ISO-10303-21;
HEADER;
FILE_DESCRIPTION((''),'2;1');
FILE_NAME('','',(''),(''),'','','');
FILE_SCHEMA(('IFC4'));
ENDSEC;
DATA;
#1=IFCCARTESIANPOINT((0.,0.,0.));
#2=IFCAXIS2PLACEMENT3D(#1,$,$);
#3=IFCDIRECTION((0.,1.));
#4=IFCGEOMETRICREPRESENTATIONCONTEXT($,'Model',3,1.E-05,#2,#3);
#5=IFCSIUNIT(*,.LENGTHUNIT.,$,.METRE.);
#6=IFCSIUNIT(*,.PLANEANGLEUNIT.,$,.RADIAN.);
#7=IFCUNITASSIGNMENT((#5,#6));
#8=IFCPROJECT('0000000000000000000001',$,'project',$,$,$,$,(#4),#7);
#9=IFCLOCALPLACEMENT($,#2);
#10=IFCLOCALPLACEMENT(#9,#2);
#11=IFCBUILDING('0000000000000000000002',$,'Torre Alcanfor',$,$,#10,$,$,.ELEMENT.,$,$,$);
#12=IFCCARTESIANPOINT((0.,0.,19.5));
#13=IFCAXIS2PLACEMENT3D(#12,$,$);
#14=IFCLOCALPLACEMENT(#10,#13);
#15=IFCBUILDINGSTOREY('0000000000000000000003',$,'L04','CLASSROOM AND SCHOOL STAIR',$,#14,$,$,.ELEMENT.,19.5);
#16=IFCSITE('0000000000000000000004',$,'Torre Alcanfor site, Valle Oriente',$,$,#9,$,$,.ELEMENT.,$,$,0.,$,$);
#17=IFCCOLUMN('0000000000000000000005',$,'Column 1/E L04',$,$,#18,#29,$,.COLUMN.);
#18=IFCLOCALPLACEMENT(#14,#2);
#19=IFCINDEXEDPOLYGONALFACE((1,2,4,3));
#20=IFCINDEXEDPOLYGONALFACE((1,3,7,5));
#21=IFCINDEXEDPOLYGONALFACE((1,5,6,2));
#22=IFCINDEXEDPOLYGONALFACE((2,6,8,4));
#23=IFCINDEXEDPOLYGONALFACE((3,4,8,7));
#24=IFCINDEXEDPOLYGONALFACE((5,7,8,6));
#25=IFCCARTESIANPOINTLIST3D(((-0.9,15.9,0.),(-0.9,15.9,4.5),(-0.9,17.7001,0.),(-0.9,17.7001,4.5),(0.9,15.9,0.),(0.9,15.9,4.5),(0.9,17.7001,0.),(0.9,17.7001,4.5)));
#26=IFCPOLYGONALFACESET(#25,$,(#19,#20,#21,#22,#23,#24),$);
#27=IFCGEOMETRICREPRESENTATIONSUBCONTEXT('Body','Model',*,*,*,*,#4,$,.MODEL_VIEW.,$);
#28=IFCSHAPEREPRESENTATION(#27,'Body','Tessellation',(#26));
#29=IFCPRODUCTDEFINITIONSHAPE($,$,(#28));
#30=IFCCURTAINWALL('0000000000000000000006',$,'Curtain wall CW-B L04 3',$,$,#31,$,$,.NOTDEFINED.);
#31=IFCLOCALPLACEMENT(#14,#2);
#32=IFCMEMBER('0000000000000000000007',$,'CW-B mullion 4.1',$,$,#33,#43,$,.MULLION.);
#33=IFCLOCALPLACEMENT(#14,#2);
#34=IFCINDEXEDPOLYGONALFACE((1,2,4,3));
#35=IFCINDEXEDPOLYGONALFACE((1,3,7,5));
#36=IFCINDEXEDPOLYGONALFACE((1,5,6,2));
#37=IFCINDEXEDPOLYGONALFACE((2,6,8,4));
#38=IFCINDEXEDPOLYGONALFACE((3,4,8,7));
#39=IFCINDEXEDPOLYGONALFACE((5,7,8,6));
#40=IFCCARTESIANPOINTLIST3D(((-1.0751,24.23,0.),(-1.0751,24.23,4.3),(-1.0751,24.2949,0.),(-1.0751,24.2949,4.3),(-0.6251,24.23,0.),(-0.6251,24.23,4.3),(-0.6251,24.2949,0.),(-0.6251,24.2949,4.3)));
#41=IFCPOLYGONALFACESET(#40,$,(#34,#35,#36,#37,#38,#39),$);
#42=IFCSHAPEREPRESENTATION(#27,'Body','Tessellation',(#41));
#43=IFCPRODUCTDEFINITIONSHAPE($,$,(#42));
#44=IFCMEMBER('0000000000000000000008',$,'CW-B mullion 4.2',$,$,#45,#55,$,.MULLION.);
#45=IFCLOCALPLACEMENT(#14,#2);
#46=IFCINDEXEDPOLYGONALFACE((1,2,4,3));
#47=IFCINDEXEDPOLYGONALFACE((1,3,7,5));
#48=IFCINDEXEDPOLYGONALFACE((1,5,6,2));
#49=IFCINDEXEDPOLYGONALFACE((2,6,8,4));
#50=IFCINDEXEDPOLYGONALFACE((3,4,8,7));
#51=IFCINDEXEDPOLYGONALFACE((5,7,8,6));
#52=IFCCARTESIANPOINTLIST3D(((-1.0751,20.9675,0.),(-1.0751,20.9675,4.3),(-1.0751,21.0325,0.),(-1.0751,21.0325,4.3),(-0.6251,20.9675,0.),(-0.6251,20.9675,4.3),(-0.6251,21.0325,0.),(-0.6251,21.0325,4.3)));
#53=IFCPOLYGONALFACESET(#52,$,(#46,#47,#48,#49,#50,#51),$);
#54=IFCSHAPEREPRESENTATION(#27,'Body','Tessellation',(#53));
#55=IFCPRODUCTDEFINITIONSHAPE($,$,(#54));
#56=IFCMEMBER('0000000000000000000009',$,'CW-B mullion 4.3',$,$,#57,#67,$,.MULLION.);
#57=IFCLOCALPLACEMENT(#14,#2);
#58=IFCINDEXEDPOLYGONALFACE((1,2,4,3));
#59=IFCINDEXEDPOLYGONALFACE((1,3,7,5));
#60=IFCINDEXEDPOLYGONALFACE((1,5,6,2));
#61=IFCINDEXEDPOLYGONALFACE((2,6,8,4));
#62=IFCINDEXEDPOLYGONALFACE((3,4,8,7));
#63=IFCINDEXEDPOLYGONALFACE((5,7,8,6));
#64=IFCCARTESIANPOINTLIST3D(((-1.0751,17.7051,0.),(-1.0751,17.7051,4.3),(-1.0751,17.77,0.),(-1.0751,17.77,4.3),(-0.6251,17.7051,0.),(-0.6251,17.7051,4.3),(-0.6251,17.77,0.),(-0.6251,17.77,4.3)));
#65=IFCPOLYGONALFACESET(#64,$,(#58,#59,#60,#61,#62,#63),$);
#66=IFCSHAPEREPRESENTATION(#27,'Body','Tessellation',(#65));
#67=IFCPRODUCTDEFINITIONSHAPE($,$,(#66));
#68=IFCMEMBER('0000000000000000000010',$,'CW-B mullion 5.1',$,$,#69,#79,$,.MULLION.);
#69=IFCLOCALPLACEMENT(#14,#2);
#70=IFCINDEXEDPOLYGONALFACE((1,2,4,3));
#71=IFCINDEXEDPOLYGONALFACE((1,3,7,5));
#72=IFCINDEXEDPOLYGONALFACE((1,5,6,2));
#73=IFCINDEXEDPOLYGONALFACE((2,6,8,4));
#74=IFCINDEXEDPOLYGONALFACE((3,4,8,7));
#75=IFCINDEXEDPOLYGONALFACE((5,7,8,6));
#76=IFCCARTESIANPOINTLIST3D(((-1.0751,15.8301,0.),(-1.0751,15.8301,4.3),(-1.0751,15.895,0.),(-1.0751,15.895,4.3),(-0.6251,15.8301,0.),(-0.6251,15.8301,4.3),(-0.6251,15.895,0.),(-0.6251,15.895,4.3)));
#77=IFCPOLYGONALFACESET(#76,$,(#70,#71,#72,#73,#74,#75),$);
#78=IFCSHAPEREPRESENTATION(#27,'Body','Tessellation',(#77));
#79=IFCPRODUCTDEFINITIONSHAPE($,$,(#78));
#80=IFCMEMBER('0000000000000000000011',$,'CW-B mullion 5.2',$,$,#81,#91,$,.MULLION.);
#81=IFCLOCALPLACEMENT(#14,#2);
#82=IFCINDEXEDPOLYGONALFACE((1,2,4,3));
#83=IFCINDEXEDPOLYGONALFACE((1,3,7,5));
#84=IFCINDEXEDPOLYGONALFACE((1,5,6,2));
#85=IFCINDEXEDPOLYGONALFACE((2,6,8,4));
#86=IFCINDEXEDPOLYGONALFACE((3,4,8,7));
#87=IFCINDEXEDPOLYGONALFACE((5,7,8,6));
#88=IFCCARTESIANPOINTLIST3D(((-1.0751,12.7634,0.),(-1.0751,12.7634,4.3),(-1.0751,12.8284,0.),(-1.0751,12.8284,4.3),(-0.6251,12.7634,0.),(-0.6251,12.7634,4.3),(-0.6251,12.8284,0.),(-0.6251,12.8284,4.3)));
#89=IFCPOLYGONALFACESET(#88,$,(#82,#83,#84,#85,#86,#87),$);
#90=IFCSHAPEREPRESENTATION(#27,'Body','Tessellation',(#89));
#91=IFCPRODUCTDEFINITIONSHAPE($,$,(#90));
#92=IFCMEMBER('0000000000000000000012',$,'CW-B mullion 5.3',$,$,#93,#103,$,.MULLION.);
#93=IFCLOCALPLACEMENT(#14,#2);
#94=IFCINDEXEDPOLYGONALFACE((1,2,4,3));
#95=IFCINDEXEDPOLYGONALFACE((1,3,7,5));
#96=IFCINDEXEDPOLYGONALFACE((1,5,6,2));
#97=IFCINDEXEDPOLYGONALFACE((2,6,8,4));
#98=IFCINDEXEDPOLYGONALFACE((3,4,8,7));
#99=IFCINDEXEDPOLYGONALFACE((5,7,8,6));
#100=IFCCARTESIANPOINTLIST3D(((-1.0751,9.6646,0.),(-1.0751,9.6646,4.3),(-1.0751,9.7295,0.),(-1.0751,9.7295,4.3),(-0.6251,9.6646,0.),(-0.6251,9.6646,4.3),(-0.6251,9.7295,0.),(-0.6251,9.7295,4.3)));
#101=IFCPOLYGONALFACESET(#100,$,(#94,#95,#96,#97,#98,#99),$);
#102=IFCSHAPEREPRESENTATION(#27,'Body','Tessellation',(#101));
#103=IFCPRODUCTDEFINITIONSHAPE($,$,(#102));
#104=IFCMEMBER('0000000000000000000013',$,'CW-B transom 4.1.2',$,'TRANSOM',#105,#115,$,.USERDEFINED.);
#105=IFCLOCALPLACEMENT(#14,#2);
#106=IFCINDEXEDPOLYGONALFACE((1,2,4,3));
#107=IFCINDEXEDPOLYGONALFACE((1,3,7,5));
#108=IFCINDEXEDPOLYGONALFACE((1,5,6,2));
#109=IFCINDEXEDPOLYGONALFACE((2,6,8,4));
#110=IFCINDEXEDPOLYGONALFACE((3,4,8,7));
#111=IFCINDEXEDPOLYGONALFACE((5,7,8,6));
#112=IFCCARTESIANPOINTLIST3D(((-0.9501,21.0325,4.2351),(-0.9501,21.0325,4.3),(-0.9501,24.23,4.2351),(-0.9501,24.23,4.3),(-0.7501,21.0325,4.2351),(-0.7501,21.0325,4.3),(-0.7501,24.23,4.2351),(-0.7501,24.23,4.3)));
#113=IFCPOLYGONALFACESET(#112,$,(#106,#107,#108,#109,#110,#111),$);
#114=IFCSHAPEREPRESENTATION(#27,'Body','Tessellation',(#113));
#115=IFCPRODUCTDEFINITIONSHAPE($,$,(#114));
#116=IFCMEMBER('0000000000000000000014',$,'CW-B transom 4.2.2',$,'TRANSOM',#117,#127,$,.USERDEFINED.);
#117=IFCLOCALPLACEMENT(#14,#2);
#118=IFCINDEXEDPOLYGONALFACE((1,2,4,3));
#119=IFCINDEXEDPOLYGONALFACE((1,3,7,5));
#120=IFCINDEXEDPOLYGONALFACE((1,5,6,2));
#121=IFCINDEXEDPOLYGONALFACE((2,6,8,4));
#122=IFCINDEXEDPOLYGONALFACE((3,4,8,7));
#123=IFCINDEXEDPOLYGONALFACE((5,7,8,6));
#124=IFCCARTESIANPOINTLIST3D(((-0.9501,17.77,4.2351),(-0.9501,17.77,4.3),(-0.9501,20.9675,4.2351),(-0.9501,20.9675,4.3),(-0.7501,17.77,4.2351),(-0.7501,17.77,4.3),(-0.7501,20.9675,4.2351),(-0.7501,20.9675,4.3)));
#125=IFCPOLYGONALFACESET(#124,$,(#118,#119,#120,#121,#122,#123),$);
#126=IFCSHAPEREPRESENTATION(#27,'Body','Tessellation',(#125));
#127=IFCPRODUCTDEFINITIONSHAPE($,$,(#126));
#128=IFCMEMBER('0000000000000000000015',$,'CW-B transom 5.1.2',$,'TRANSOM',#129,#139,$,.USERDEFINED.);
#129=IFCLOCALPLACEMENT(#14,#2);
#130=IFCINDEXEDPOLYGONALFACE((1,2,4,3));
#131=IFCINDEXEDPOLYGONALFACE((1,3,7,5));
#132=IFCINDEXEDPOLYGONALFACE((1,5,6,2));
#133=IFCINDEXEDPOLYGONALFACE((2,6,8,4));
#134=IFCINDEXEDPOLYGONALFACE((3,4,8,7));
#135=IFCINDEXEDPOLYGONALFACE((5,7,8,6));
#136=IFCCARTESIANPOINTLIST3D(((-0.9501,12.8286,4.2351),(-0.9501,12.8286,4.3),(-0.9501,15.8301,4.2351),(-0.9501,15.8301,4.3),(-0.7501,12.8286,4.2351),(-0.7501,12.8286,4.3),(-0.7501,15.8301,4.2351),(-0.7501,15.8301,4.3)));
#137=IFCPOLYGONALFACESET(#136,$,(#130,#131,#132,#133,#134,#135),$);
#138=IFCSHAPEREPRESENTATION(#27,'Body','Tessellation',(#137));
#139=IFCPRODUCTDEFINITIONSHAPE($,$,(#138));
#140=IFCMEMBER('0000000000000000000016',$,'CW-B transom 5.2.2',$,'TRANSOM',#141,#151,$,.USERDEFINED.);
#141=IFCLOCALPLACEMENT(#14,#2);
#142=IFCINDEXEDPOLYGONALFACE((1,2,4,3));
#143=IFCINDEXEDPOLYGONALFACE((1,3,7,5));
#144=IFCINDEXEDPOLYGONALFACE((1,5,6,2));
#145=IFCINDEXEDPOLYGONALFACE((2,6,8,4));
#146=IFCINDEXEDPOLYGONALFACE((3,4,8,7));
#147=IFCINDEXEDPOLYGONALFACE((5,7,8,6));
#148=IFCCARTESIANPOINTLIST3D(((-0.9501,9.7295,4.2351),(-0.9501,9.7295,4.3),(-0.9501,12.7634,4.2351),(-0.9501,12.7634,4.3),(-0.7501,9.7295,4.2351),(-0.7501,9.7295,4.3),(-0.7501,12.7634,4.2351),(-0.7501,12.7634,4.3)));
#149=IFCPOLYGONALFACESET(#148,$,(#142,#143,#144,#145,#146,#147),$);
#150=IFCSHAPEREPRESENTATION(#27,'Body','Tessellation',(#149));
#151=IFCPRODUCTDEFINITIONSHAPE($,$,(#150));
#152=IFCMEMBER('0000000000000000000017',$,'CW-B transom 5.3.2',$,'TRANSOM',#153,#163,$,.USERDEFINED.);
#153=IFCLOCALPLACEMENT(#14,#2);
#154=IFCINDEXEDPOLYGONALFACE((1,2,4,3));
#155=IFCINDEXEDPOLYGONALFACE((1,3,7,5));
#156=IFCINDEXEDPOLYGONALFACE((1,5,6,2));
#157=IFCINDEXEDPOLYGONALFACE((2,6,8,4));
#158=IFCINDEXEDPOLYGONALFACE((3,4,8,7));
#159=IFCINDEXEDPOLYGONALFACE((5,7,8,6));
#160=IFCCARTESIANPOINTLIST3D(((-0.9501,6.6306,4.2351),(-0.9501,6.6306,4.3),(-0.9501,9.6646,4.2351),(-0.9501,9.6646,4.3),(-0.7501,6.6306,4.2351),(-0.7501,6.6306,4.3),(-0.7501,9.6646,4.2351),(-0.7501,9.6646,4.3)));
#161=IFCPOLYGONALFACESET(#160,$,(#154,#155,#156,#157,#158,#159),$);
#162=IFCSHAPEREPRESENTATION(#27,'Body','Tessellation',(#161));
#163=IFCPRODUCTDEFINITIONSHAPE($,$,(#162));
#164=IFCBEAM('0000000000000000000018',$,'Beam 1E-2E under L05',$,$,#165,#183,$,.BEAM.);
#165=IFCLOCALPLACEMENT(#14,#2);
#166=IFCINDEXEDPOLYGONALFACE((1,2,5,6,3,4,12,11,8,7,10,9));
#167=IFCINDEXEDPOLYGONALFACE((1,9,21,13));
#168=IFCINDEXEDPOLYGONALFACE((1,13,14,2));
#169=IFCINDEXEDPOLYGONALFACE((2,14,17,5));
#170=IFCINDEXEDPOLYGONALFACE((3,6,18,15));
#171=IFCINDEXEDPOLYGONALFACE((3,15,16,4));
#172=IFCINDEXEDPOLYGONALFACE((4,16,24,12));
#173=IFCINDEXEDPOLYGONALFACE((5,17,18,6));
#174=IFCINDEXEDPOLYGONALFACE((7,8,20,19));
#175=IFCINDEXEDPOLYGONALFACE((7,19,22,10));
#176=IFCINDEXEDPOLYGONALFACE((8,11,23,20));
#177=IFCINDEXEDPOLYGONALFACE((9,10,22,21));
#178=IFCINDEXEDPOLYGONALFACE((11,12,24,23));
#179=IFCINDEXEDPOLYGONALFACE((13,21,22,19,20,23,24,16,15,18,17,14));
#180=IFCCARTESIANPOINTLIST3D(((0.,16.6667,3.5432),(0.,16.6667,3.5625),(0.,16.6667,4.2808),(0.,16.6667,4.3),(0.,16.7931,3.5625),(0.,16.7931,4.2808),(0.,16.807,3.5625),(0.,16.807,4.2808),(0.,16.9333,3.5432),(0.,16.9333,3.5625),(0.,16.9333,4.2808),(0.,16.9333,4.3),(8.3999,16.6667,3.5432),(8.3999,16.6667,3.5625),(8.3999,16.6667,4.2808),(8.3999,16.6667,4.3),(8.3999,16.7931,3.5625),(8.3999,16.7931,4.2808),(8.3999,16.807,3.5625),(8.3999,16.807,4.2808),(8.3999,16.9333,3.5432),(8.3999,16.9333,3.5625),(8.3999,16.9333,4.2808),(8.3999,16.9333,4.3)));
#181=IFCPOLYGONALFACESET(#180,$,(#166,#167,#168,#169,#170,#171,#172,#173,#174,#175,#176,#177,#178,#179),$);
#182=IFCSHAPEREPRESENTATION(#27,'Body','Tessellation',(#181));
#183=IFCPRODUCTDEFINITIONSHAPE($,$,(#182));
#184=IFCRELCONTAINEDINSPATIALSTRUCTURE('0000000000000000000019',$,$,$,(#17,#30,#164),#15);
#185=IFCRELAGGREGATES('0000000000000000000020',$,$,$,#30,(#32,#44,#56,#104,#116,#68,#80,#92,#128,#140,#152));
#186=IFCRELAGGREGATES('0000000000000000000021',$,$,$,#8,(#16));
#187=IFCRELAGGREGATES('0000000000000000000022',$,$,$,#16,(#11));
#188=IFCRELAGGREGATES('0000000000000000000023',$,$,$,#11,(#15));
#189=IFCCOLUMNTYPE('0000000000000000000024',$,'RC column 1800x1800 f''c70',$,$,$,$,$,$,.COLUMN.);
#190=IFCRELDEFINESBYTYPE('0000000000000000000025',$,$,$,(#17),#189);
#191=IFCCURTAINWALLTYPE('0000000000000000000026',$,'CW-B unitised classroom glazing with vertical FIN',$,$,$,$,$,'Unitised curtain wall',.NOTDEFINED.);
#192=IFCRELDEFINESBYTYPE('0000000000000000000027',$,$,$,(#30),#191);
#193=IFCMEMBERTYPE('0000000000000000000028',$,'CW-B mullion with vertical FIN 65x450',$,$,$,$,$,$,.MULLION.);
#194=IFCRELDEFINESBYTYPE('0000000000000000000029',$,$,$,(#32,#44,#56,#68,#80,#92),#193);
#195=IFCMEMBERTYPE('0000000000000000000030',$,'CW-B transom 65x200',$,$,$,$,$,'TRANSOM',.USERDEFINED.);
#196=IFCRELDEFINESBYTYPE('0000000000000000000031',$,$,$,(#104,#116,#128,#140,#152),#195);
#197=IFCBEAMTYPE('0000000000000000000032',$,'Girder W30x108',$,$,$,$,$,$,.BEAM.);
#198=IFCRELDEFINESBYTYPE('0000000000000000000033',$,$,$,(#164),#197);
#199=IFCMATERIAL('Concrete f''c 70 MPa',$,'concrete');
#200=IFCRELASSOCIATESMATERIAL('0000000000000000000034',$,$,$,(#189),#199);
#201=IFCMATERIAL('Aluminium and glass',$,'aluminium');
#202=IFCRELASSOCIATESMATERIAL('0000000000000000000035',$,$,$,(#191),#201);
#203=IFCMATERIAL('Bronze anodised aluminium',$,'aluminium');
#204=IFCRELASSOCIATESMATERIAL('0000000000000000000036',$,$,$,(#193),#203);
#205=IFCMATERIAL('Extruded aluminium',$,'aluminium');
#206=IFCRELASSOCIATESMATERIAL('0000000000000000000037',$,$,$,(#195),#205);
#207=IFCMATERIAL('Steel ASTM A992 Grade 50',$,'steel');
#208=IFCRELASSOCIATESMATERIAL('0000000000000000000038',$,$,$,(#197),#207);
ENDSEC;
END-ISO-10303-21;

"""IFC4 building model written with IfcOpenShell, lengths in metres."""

from ifc_helpers import new_model, si_unit, direction, frame, origin, origin_2d, place, context, subcontext, project, spatial, rectangle, i_section, extrude, material, material_profile, profile_set, type_object, element, aggregate, save


model = new_model("IFC4")

# Units and contexts
model_context = context("Model", 3, precision=1e-05, world=origin(), true_north=direction((0.0, 1.0)))
body_context = subcontext(model_context, "Body", "Model", "MODEL_VIEW")
ifc_project = project(units=[si_unit("LENGTHUNIT", "METRE"), si_unit("PLANEANGLEUNIT", "RADIAN")], contexts=[model_context])

# Site, building, storey
site_placement = place(None, origin())
site = spatial("IfcSite", under=ifc_project, at=site_placement, Name="Torre Alcanfor site, Valle Oriente", CompositionType="ELEMENT", RefElevation=0.0)
building_placement = place(site_placement, origin())
building = spatial("IfcBuilding", under=site, at=building_placement, Name="Torre Alcanfor", CompositionType="ELEMENT")
storey_placement = place(building_placement, frame((0.0, 0.0, 19.5)))
storey = spatial("IfcBuildingStorey", under=building, at=storey_placement, Name="L04", Description="CLASSROOM AND SCHOOL STAIR", CompositionType="ELEMENT", Elevation=19.5)

# Column
ifc_material_1 = material(Name="Concrete f'c 70 MPa", Category="concrete")
ifc_material_profile_1 = material_profile(ifc_material_1, rectangle(XDim=1.8, YDim=1.8, at=origin_2d()), Name="1800x1800")
ifc_profile_set_1 = profile_set([ifc_material_profile_1], Name="Concrete f'c 70 MPa")
column_type = type_object("IfcColumnType", Name="RC column 1800x1800 f'c70", PredefinedType="COLUMN", material=ifc_profile_set_1)
column_placement = place(storey_placement, frame((0.0, 16.8, 0.0), z_axis=(0.0, 0.0, 1.0), x_axis=(1.0, 0.0, 0.0)))
element("IfcColumn", 1, at=column_placement, inside=storey, type_object=column_type, Name="Column 1/E L04", PredefinedType="COLUMN", context=body_context, shape_type="SweptSolid", body=[
    extrude(rectangle(XDim=1.8, YDim=1.8, at=origin_2d()), origin(), (0.0, 0.0, 1.0), 4.5),
])

# Curtain wall, members
ifc_material_2 = material(Name="Aluminium and glass", Category="aluminium")
curtain_wall_type = type_object("IfcCurtainWallType", Name="CW-B unitised classroom glazing with vertical FIN", ElementType="Unitised curtain wall", PredefinedType="NOTDEFINED", material=ifc_material_2)
curtain_wall_placement = place(storey_placement, origin())
curtain_wall = element("IfcCurtainWall", 2, at=curtain_wall_placement, inside=storey, type_object=curtain_wall_type, Name="Curtain wall CW-B L04 3", PredefinedType="NOTDEFINED")
ifc_material_3 = material(Name="Bronze anodised aluminium", Category="aluminium")
ifc_material_profile_2 = material_profile(ifc_material_3, rectangle(XDim=0.45, YDim=0.0649, at=origin_2d()), Name="CW-B mullion 65x450")
ifc_profile_set_2 = profile_set([ifc_material_profile_2], Name="Bronze anodised aluminium")
member_type_1 = type_object("IfcMemberType", Name="CW-B mullion with vertical FIN 65x450", PredefinedType="MULLION", material=ifc_profile_set_2)
member_1_placement = place(storey_placement, frame((-0.8501, 24.2625, 0.0), z_axis=(0.0, 0.0, 1.0), x_axis=(1.0, 0.0, 0.0)))
member_1 = element("IfcMember", 3, at=member_1_placement, type_object=member_type_1, Name="CW-B mullion 4.1", PredefinedType="MULLION", context=body_context, shape_type="SweptSolid", body=[
    extrude(rectangle(XDim=0.45, YDim=0.0649, at=origin_2d()), origin(), (0.0, 0.0, 1.0), 4.3),
])
member_2_placement = place(storey_placement, frame((-0.8501, 21.0, 0.0), z_axis=(0.0, 0.0, 1.0), x_axis=(1.0, 0.0, 0.0)))
member_2 = element("IfcMember", 4, at=member_2_placement, type_object=member_type_1, Name="CW-B mullion 4.2", PredefinedType="MULLION", context=body_context, shape_type="SweptSolid", body=[
    extrude(rectangle(XDim=0.45, YDim=0.0649, at=origin_2d()), origin(), (0.0, 0.0, 1.0), 4.3),
])
member_3_placement = place(storey_placement, frame((-0.8501, 17.7375, 0.0), z_axis=(0.0, 0.0, 1.0), x_axis=(1.0, 0.0, 0.0)))
member_3 = element("IfcMember", 5, at=member_3_placement, type_object=member_type_1, Name="CW-B mullion 4.3", PredefinedType="MULLION", context=body_context, shape_type="SweptSolid", body=[
    extrude(rectangle(XDim=0.45, YDim=0.0649, at=origin_2d()), origin(), (0.0, 0.0, 1.0), 4.3),
])
member_4_placement = place(storey_placement, frame((-0.8501, 15.8625, 0.0), z_axis=(0.0, 0.0, 1.0), x_axis=(1.0, 0.0, 0.0)))
member_4 = element("IfcMember", 6, at=member_4_placement, type_object=member_type_1, Name="CW-B mullion 5.1", PredefinedType="MULLION", context=body_context, shape_type="SweptSolid", body=[
    extrude(rectangle(XDim=0.45, YDim=0.0649, at=origin_2d()), origin(), (0.0, 0.0, 1.0), 4.3),
])
member_5_placement = place(storey_placement, frame((-0.8501, 12.7959, 0.0), z_axis=(0.0, 0.0, 1.0), x_axis=(1.0, 0.0, 0.0)))
member_5 = element("IfcMember", 7, at=member_5_placement, type_object=member_type_1, Name="CW-B mullion 5.2", PredefinedType="MULLION", context=body_context, shape_type="SweptSolid", body=[
    extrude(rectangle(XDim=0.45, YDim=0.0649, at=origin_2d()), origin(), (0.0, 0.0, 1.0), 4.3),
])
member_6_placement = place(storey_placement, frame((-0.8501, 9.697, 0.0), z_axis=(0.0, 0.0, 1.0), x_axis=(1.0, 0.0, 0.0)))
member_6 = element("IfcMember", 8, at=member_6_placement, type_object=member_type_1, Name="CW-B mullion 5.3", PredefinedType="MULLION", context=body_context, shape_type="SweptSolid", body=[
    extrude(rectangle(XDim=0.45, YDim=0.0649, at=origin_2d()), origin(), (0.0, 0.0, 1.0), 4.3),
])
ifc_material_4 = material(Name="Extruded aluminium", Category="aluminium")
ifc_material_profile_3 = material_profile(ifc_material_4, rectangle(XDim=0.2, YDim=0.0649, at=origin_2d()), Name="CW-B transom 200x65")
ifc_profile_set_3 = profile_set([ifc_material_profile_3], Name="Extruded aluminium")
member_type_2 = type_object("IfcMemberType", Name="CW-B transom 65x200", ElementType="TRANSOM", PredefinedType="USERDEFINED", material=ifc_profile_set_3)
member_7_placement = place(storey_placement, frame((-0.8501, 24.23, 4.2676), z_axis=(0.0, -1.0, 0.0), x_axis=(1.0, 0.0, 0.0)))
member_7 = element("IfcMember", 9, at=member_7_placement, type_object=member_type_2, Name="CW-B transom 4.1.2", ObjectType="TRANSOM", PredefinedType="USERDEFINED", context=body_context, shape_type="SweptSolid", body=[
    extrude(rectangle(XDim=0.2, YDim=0.0649, at=origin_2d()), origin(), (0.0, 0.0, 1.0), 3.1975),
])
member_8_placement = place(storey_placement, frame((-0.8501, 20.9675, 4.2676), z_axis=(0.0, -1.0, 0.0), x_axis=(1.0, 0.0, 0.0)))
member_8 = element("IfcMember", 10, at=member_8_placement, type_object=member_type_2, Name="CW-B transom 4.2.2", ObjectType="TRANSOM", PredefinedType="USERDEFINED", context=body_context, shape_type="SweptSolid", body=[
    extrude(rectangle(XDim=0.2, YDim=0.0649, at=origin_2d()), origin(), (0.0, 0.0, 1.0), 3.1975),
])
member_9_placement = place(storey_placement, frame((-0.8501, 15.8301, 4.2676), z_axis=(0.0, -1.0, 0.0), x_axis=(1.0, 0.0, 0.0)))
member_9 = element("IfcMember", 11, at=member_9_placement, type_object=member_type_2, Name="CW-B transom 5.1.2", ObjectType="TRANSOM", PredefinedType="USERDEFINED", context=body_context, shape_type="SweptSolid", body=[
    extrude(rectangle(XDim=0.2, YDim=0.0649, at=origin_2d()), origin(), (0.0, 0.0, 1.0), 3.0015),
])
member_10_placement = place(storey_placement, frame((-0.8501, 12.7634, 4.2676), z_axis=(0.0, -1.0, 0.0), x_axis=(1.0, 0.0, 0.0)))
member_10 = element("IfcMember", 12, at=member_10_placement, type_object=member_type_2, Name="CW-B transom 5.2.2", ObjectType="TRANSOM", PredefinedType="USERDEFINED", context=body_context, shape_type="SweptSolid", body=[
    extrude(rectangle(XDim=0.2, YDim=0.0649, at=origin_2d()), origin(), (0.0, 0.0, 1.0), 3.0339),
])
member_11_placement = place(storey_placement, frame((-0.8501, 9.6646, 4.2676), z_axis=(0.0, -1.0, 0.0), x_axis=(1.0, 0.0, 0.0)))
member_11 = element("IfcMember", 13, at=member_11_placement, type_object=member_type_2, Name="CW-B transom 5.3.2", ObjectType="TRANSOM", PredefinedType="USERDEFINED", context=body_context, shape_type="SweptSolid", body=[
    extrude(rectangle(XDim=0.2, YDim=0.0649, at=origin_2d()), origin(), (0.0, 0.0, 1.0), 3.0339),
])

# Beam
ifc_material_5 = material(Name="Steel ASTM A992 Grade 50", Category="steel")
ifc_material_profile_4 = material_profile(ifc_material_5, i_section(OverallWidth=0.2666, OverallDepth=0.7568, WebThickness=0.0139, FlangeThickness=0.0193, at=origin_2d()), Name="W30x108")
ifc_profile_set_4 = profile_set([ifc_material_profile_4], Name="Steel ASTM A992 Grade 50")
beam_type_1 = type_object("IfcBeamType", Name="Girder W30x108", PredefinedType="BEAM", material=ifc_profile_set_4)
beam_1_placement = place(storey_placement, frame((0.0, 16.8, 3.9216), z_axis=(1.0, 0.0, 0.0), x_axis=(0.0, 1.0, 0.0)))
element("IfcBeam", 14, at=beam_1_placement, inside=storey, type_object=beam_type_1, Name="Beam 1E-2E under L05", PredefinedType="BEAM", context=body_context, shape_type="SweptSolid", body=[
    extrude(i_section(OverallWidth=0.2666, OverallDepth=0.7568, WebThickness=0.0139, FlangeThickness=0.0193, at=origin_2d()), origin(), (0.0, 0.0, 1.0), 8.3999),
])

aggregate(curtain_wall, [member_1, member_2, member_3, member_7, member_8, member_4, member_5, member_6, member_9, member_10, member_11])

save(model, "model.ifc")
